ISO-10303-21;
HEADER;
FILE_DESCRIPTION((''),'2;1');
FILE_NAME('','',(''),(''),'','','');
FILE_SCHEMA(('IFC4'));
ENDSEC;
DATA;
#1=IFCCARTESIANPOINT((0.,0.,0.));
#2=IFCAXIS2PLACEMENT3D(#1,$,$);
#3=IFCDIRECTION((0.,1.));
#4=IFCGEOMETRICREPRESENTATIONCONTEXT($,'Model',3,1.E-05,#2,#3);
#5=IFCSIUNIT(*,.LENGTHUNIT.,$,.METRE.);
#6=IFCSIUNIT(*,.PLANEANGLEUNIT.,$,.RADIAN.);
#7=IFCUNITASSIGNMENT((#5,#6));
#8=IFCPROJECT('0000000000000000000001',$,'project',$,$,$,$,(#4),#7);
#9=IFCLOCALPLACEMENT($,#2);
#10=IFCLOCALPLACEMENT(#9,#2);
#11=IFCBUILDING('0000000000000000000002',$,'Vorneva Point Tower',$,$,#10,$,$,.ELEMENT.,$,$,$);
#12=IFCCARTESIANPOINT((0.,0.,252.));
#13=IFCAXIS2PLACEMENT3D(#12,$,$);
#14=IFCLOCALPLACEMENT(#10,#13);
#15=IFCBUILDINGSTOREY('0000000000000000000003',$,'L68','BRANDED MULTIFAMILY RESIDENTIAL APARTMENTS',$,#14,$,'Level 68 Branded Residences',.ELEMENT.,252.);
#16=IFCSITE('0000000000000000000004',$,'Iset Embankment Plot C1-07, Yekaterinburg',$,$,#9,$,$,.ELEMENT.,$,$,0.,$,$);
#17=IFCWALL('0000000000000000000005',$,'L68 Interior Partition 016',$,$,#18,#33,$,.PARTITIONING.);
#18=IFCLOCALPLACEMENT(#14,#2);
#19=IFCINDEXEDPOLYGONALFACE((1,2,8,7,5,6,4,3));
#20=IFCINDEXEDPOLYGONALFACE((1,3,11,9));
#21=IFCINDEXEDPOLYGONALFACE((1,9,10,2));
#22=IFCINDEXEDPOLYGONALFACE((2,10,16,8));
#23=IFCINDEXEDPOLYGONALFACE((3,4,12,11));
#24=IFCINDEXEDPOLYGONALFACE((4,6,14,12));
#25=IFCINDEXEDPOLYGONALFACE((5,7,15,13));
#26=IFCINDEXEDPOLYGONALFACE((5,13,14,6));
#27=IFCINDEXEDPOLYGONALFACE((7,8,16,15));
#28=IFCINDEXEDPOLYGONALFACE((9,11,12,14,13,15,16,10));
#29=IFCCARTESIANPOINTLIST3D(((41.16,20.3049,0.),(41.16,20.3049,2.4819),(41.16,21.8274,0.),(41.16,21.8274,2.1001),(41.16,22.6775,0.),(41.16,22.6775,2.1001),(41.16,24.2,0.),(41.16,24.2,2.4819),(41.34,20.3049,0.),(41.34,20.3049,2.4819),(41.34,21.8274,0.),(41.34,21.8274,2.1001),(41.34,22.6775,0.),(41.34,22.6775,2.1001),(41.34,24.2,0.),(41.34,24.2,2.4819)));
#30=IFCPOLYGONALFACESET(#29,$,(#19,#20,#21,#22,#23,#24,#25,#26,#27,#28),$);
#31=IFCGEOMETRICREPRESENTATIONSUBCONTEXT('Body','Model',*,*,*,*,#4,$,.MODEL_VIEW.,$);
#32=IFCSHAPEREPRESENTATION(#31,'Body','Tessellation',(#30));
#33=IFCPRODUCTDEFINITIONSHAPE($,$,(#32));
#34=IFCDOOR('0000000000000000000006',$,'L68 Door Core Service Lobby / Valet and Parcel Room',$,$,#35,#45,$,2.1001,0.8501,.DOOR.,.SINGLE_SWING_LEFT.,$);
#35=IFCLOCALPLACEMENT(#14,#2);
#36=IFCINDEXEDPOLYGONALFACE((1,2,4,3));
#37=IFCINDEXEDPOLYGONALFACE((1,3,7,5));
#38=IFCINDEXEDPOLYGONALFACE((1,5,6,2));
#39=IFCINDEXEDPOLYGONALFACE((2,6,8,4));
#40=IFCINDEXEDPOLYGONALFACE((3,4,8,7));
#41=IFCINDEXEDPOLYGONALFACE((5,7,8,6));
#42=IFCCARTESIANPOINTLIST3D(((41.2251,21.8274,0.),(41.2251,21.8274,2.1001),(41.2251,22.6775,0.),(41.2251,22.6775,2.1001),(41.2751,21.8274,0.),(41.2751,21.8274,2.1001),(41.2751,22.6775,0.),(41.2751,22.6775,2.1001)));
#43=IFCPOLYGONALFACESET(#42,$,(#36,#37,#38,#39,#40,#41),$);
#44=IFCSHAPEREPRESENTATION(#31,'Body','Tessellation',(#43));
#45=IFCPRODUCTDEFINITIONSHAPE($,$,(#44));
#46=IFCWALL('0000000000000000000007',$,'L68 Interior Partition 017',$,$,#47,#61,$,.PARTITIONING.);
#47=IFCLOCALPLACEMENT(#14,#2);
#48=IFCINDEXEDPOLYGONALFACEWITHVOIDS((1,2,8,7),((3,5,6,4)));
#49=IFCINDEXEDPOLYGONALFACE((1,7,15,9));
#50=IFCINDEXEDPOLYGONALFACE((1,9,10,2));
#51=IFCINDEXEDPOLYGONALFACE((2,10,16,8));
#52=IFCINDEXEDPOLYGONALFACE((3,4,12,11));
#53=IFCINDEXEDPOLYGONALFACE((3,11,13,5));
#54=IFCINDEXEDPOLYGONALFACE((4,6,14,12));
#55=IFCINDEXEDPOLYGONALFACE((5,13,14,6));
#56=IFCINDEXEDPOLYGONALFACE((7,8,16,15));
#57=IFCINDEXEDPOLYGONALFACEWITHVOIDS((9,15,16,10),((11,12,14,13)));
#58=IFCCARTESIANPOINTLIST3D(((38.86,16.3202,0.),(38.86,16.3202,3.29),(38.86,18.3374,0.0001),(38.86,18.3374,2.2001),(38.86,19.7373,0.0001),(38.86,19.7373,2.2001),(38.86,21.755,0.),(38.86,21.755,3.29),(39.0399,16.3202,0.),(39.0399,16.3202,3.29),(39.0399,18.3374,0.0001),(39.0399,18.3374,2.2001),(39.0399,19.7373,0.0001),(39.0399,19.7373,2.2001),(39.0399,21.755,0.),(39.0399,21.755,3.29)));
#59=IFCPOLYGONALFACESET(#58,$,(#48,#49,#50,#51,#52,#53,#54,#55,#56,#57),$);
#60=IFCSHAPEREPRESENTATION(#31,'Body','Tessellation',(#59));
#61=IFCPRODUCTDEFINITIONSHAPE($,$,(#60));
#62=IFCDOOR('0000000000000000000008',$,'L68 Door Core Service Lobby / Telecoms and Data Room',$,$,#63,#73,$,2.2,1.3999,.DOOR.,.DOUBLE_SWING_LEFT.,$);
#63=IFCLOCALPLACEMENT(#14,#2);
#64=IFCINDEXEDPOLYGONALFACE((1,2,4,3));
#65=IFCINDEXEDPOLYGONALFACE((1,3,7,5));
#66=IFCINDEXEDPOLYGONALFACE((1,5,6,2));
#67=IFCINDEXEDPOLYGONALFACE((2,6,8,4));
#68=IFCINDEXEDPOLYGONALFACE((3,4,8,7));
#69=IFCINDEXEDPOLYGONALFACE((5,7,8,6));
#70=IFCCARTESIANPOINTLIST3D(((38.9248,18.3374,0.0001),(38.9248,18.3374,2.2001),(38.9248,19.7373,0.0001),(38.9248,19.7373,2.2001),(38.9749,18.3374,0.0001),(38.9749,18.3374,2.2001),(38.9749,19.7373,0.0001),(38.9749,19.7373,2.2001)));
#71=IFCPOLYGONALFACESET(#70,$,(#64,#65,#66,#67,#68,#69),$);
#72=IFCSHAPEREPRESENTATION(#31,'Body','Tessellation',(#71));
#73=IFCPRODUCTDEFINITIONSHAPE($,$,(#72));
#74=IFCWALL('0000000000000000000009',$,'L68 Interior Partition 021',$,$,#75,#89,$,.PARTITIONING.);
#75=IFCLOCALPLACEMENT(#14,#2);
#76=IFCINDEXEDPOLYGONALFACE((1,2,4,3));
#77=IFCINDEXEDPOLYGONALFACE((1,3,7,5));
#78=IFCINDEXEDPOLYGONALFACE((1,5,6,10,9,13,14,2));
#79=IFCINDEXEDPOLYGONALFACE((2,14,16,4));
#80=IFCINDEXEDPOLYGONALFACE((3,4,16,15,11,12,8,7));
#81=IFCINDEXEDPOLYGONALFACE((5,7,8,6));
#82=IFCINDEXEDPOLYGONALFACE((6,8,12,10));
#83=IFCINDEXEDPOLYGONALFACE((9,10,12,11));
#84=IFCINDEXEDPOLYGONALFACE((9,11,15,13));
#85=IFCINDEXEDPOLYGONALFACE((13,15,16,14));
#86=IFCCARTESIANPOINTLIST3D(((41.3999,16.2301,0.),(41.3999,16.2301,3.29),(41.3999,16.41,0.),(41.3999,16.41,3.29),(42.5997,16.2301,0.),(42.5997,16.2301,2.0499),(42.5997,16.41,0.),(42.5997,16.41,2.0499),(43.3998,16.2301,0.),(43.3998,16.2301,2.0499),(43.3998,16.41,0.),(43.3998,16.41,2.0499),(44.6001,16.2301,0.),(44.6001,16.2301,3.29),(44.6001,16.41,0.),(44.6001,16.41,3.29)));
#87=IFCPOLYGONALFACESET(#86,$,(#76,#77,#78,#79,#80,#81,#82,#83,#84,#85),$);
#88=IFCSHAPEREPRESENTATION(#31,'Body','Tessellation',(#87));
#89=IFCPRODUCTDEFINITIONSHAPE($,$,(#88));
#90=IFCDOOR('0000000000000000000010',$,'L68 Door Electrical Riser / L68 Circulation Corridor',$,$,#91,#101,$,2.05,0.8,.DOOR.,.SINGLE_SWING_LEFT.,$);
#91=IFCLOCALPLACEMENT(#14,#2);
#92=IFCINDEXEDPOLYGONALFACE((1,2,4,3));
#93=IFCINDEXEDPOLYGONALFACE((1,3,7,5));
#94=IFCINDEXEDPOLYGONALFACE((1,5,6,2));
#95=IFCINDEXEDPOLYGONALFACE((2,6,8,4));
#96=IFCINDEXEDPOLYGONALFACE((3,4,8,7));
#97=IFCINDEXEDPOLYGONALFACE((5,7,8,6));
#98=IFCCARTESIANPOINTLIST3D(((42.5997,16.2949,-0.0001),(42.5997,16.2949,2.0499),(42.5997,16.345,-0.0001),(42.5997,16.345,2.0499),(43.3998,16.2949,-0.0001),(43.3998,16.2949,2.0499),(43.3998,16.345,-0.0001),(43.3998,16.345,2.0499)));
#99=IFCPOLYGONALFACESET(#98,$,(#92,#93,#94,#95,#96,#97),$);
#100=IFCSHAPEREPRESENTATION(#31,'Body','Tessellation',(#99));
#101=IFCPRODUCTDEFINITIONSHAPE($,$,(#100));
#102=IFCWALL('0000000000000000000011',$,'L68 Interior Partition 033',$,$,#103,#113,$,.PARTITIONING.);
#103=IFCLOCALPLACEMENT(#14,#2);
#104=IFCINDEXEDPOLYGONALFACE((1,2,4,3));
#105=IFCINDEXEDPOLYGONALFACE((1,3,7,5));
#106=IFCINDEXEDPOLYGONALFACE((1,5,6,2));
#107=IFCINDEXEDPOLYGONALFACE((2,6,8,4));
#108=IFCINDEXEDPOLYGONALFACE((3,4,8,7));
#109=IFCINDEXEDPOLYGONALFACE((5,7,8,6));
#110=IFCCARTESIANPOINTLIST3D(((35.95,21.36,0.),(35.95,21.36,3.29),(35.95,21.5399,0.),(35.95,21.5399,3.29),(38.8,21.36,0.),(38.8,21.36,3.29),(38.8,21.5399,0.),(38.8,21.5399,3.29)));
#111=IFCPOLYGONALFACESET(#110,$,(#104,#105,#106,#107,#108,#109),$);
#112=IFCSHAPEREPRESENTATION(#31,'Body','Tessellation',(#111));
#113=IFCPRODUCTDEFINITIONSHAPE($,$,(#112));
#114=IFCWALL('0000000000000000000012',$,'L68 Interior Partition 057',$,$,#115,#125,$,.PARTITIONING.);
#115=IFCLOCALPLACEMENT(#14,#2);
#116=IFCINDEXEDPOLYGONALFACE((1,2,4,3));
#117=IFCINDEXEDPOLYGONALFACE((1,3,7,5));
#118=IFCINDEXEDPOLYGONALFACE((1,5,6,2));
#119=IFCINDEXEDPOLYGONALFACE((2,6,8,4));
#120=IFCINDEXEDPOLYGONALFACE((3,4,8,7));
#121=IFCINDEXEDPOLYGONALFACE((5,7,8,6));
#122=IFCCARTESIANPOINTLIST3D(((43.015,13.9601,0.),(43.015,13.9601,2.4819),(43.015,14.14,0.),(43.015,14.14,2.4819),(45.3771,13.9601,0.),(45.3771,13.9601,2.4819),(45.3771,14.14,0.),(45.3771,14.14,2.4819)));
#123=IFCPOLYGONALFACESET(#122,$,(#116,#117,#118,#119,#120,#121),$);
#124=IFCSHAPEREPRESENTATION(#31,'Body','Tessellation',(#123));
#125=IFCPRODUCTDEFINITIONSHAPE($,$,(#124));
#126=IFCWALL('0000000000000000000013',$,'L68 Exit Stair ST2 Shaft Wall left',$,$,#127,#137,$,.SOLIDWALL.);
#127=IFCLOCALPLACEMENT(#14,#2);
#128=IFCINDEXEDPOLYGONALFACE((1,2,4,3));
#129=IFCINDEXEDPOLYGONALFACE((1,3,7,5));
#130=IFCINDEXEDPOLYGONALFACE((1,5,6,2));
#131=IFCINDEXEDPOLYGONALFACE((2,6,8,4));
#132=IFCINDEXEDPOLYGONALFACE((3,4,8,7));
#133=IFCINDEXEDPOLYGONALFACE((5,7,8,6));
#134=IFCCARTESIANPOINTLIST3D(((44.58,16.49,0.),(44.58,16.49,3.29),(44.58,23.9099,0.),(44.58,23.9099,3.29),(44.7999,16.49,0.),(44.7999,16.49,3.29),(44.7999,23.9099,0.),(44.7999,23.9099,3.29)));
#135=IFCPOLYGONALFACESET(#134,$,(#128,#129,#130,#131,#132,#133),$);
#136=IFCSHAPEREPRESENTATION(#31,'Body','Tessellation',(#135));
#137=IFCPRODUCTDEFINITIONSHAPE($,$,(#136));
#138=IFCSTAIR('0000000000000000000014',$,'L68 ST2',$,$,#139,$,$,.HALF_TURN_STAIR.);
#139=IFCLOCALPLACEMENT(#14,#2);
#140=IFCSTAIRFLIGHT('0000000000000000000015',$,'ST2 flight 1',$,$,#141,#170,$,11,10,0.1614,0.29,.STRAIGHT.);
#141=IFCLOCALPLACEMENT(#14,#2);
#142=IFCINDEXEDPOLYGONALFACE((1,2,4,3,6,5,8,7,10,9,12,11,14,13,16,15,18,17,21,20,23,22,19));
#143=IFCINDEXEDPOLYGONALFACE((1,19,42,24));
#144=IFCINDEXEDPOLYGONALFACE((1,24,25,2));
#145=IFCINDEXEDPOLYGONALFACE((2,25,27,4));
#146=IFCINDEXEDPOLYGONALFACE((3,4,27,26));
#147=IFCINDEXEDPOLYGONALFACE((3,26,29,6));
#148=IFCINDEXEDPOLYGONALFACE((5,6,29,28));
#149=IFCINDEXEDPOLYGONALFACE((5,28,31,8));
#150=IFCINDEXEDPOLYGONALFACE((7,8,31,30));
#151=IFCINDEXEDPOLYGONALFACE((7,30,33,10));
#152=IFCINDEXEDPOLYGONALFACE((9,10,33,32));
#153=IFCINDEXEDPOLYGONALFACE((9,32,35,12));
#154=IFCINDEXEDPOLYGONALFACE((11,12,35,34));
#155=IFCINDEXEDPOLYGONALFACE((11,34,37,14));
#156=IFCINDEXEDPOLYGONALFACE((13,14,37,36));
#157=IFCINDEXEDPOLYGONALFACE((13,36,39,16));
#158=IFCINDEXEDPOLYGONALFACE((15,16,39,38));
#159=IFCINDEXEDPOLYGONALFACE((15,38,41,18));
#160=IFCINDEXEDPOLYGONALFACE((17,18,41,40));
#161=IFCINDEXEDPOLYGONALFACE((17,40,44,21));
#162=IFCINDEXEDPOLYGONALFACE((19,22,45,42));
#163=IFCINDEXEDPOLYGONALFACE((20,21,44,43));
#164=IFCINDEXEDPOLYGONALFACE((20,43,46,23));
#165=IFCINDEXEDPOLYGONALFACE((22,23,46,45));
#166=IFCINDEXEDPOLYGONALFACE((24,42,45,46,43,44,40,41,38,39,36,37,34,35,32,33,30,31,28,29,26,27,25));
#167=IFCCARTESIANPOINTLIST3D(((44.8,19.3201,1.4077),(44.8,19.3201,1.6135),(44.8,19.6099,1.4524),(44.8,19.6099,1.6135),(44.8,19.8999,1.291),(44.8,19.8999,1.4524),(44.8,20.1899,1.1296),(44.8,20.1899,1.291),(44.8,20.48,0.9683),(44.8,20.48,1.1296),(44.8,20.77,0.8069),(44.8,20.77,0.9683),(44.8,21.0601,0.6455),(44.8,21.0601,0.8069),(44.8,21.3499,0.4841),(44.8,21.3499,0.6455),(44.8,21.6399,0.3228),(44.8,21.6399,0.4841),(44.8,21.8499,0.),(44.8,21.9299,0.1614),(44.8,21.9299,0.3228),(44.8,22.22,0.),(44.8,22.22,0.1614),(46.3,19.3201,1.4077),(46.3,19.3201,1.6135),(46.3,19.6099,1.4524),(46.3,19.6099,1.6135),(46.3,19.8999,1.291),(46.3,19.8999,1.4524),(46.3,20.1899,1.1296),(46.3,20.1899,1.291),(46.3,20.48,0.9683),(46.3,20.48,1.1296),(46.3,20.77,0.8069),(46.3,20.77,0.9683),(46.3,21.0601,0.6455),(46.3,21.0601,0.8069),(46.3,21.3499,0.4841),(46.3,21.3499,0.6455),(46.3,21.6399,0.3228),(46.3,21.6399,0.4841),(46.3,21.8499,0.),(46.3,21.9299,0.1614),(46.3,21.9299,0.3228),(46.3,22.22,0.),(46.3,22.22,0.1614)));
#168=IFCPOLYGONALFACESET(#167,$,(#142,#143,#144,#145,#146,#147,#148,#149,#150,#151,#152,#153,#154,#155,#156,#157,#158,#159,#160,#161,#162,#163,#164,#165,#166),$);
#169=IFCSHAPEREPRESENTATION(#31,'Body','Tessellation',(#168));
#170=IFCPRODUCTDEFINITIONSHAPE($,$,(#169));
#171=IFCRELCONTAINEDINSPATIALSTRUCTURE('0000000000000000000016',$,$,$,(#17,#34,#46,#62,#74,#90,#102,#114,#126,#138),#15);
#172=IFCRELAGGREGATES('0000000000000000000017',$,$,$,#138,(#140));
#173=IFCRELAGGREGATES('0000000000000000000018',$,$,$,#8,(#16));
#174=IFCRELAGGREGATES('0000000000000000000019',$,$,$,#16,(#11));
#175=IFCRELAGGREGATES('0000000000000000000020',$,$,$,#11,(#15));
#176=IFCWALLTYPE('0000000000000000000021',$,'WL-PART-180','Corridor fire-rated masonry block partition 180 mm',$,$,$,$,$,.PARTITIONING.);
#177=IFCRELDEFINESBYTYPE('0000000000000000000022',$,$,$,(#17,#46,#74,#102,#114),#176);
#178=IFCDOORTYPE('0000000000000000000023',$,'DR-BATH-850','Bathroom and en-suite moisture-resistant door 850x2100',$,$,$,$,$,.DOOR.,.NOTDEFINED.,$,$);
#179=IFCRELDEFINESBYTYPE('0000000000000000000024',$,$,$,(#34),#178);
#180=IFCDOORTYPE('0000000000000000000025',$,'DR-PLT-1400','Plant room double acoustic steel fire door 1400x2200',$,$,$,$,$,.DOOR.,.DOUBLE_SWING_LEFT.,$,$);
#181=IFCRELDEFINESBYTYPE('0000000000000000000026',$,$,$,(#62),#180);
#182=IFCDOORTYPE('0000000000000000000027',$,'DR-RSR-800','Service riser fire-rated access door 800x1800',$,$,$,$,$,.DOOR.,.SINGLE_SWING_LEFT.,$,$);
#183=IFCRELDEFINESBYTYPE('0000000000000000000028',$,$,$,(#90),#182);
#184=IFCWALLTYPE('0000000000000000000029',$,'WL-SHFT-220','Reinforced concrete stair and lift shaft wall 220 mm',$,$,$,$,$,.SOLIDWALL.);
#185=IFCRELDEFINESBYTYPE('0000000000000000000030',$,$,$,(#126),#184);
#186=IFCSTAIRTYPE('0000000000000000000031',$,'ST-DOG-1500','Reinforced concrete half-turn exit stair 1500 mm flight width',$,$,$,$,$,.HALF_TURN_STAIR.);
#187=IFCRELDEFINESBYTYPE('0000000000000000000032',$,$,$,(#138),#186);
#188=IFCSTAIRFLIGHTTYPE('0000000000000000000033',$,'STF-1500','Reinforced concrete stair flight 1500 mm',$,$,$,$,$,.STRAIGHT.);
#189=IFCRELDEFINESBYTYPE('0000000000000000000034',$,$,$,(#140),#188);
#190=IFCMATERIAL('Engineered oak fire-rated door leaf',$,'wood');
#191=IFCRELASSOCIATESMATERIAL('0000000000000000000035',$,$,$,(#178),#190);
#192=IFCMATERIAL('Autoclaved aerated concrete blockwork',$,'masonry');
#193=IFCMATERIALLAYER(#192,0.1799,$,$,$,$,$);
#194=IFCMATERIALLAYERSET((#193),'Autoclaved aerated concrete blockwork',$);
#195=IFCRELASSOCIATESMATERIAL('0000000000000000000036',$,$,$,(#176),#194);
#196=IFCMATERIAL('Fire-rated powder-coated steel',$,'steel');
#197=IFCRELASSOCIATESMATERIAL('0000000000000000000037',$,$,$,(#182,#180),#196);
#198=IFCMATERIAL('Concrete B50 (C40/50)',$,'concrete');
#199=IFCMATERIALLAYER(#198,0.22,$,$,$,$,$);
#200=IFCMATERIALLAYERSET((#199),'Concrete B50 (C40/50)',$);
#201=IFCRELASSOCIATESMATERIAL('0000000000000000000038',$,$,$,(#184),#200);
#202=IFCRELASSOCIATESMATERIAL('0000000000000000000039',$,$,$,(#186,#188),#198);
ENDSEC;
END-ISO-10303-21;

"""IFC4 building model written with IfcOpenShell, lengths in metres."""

from ifc_helpers import new_model, si_unit, direction, frame, frame_2d, origin, place, context, subcontext, project, spatial, polyline, rectangle, outline, extrude, material, layer, layer_set, type_object, element, fill, aggregate, save


model = new_model("IFC4")

# Units and contexts
model_context = context("Model", 3, precision=1e-05, world=origin(), true_north=direction((0.0, 1.0)))
body_context = subcontext(model_context, "Body", "Model", "MODEL_VIEW")
ifc_project = project(units=[si_unit("LENGTHUNIT", "METRE"), si_unit("PLANEANGLEUNIT", "RADIAN")], contexts=[model_context])

# Site, building, storey
site_placement = place(None, origin())
site = spatial("IfcSite", under=ifc_project, at=site_placement, Name="Iset Embankment Plot C1-07, Yekaterinburg", CompositionType="ELEMENT", RefElevation=0.0)
building_placement = place(site_placement, origin())
building = spatial("IfcBuilding", under=site, at=building_placement, Name="Vorneva Point Tower", CompositionType="ELEMENT")
storey_placement = place(building_placement, frame((0.0, 0.0, 252.0)))
storey = spatial("IfcBuildingStorey", under=building, at=storey_placement, Name="L68", Description="BRANDED MULTIFAMILY RESIDENTIAL APARTMENTS", LongName="Level 68 Branded Residences", CompositionType="ELEMENT", Elevation=252.0)

# Shared definitions
ifc_material_1 = material(Name="Concrete B50 (C40/50)", Category="concrete")

# Shared definitions
ifc_material_2 = material(Name="Engineered oak fire-rated door leaf", Category="wood")
door_type_1 = type_object("IfcDoorType", Name="DR-BATH-850", Description="Bathroom and en-suite moisture-resistant door 850x2100", OperationType="NOTDEFINED", PredefinedType="DOOR", material=ifc_material_2)

# Shared definitions
ifc_material_3 = material(Name="Autoclaved aerated concrete blockwork", Category="masonry")
ifc_layer_1 = layer(ifc_material_3, 0.1799)
ifc_layer_set_1 = layer_set([ifc_layer_1], Name="Autoclaved aerated concrete blockwork")
wall_type_1 = type_object("IfcWallType", Name="WL-PART-180", Description="Corridor fire-rated masonry block partition 180 mm", PredefinedType="PARTITIONING", material=ifc_layer_set_1)

# Walls, openings, doors
ifc_material_4 = material(Name="Fire-rated powder-coated steel", Category="steel")
door_type_2 = type_object("IfcDoorType", Name="DR-RSR-800", Description="Service riser fire-rated access door 800x1800", OperationType="SINGLE_SWING_LEFT", PredefinedType="DOOR", material=ifc_material_4)
wall_1_placement = place(storey_placement, frame((41.25, 20.3049, 0.0), z_axis=(0.0, 0.0, 1.0), x_axis=(0.0, 1.0, 0.0)))
wall_1 = element("IfcWall", 1, at=wall_1_placement, inside=storey, type_object=wall_type_1, Name="L68 Interior Partition 016", PredefinedType="PARTITIONING", context=body_context, shape_type="SweptSolid", body=[
    extrude(rectangle(XDim=3.895, YDim=0.1799, at=frame_2d((1.9475, 0.0))), origin(), (0.0, 0.0, 1.0), 2.4819),
])
opening_1_placement = place(wall_1_placement, frame((1.5225, 0.0, 0.0)))
opening_1 = element("IfcOpeningElement", 2, at=opening_1_placement, cuts=wall_1, PredefinedType="OPENING", context=body_context, shape_type="SweptSolid", body=[
    extrude(rectangle(XDim=0.8501, YDim=2.1001, at=frame_2d((0.425, 1.05))), frame((0.0, 0.105, 0.0), z_axis=(0.0, -1.0, 0.0), x_axis=(1.0, 0.0, 0.0)), (0.0, 0.0, 1.0), 0.2097),
])
door_1_placement = place(opening_1_placement, origin())
door_1 = element("IfcDoor", 3, at=door_1_placement, inside=storey, type_object=door_type_1, Name="L68 Door Core Service Lobby / Valet and Parcel Room", OperationType="SINGLE_SWING_LEFT", OverallHeight=2.1001, OverallWidth=0.8501, PredefinedType="DOOR", context=body_context, shape_type="SweptSolid", body=[
    extrude(rectangle(XDim=0.8501, YDim=2.1001, at=frame_2d((0.425, 1.05))), frame((0.0, 0.0249, 0.0), z_axis=(0.0, -1.0, 0.0), x_axis=(1.0, 0.0, 0.0)), (0.0, 0.0, 1.0), 0.05),
])
fill(opening_1, door_1)
wall_2_placement = place(storey_placement, frame((38.95, 21.7549, 0.0), z_axis=(0.0, 0.0, 1.0), x_axis=(0.0, -1.0, 0.0)))
wall_2 = element("IfcWall", 4, at=wall_2_placement, inside=storey, type_object=wall_type_1, Name="L68 Interior Partition 017", PredefinedType="PARTITIONING", context=body_context, shape_type="SweptSolid", body=[
    extrude(rectangle(XDim=5.4348, YDim=0.1799, at=frame_2d((2.7173, 0.0))), origin(), (0.0, 0.0, 1.0), 3.29),
])
opening_2_placement = place(wall_2_placement, frame((2.0176, 0.0, 0.0)))
opening_2 = element("IfcOpeningElement", 5, at=opening_2_placement, cuts=wall_2, PredefinedType="OPENING", context=body_context, shape_type="SweptSolid", body=[
    extrude(rectangle(XDim=1.3999, YDim=2.2, at=frame_2d((0.7, 1.1001))), frame((0.0, 0.105, 0.0), z_axis=(0.0, -1.0, 0.0), x_axis=(1.0, 0.0, 0.0)), (0.0, 0.0, 1.0), 0.2097),
])
door_type_3 = type_object("IfcDoorType", Name="DR-PLT-1400", Description="Plant room double acoustic steel fire door 1400x2200", OperationType="DOUBLE_SWING_LEFT", PredefinedType="DOOR", material=ifc_material_4)
door_2_placement = place(opening_2_placement, origin())
door_2 = element("IfcDoor", 6, at=door_2_placement, inside=storey, type_object=door_type_3, Name="L68 Door Core Service Lobby / Telecoms and Data Room", OperationType="DOUBLE_SWING_LEFT", OverallHeight=2.2, OverallWidth=1.3999, PredefinedType="DOOR", context=body_context, shape_type="SweptSolid", body=[
    extrude(rectangle(XDim=1.3999, YDim=2.2, at=frame_2d((0.7, 1.1001))), frame((0.0, 0.0249, 0.0), z_axis=(0.0, -1.0, 0.0), x_axis=(1.0, 0.0, 0.0)), (0.0, 0.0, 1.0), 0.05),
])
fill(opening_2, door_2)
wall_3_placement = place(storey_placement, frame((41.3999, 16.3201, 0.0), z_axis=(0.0, 0.0, 1.0), x_axis=(1.0, 0.0, 0.0)))
wall_3 = element("IfcWall", 7, at=wall_3_placement, inside=storey, type_object=wall_type_1, Name="L68 Interior Partition 021", PredefinedType="PARTITIONING", context=body_context, shape_type="SweptSolid", body=[
    extrude(rectangle(XDim=3.2002, YDim=0.1799, at=frame_2d((1.6001, 0.0))), origin(), (0.0, 0.0, 1.0), 3.29),
])
opening_3_placement = place(wall_3_placement, frame((1.2, 0.0, 0.0)))
opening_3 = element("IfcOpeningElement", 8, at=opening_3_placement, cuts=wall_3, PredefinedType="OPENING", context=body_context, shape_type="SweptSolid", body=[
    extrude(rectangle(XDim=0.8, YDim=2.05, at=frame_2d((0.3999, 1.0249))), frame((0.0, 0.105, 0.0), z_axis=(0.0, -1.0, 0.0), x_axis=(1.0, 0.0, 0.0)), (0.0, 0.0, 1.0), 0.2097),
])
door_3_placement = place(opening_3_placement, origin())
door_3 = element("IfcDoor", 9, at=door_3_placement, inside=storey, type_object=door_type_2, Name="L68 Door Electrical Riser / L68 Circulation Corridor", OperationType="SINGLE_SWING_LEFT", OverallHeight=2.05, OverallWidth=0.8, PredefinedType="DOOR", context=body_context, shape_type="SweptSolid", body=[
    extrude(rectangle(XDim=0.8, YDim=2.05, at=frame_2d((0.3999, 1.0249))), frame((0.0, 0.0249, 0.0), z_axis=(0.0, -1.0, 0.0), x_axis=(1.0, 0.0, 0.0)), (0.0, 0.0, 1.0), 0.05),
])
fill(opening_3, door_3)

# Wall
wall_4_placement = place(storey_placement, frame((38.8, 21.45, 0.0), z_axis=(0.0, 0.0, 1.0), x_axis=(-1.0, 0.0, 0.0)))
element("IfcWall", 10, at=wall_4_placement, inside=storey, type_object=wall_type_1, Name="L68 Interior Partition 033", PredefinedType="PARTITIONING", context=body_context, shape_type="SweptSolid", body=[
    extrude(rectangle(XDim=2.8501, YDim=0.1799, at=frame_2d((1.425, 0.0))), origin(), (0.0, 0.0, 1.0), 3.29),
])

# Wall
wall_5_placement = place(storey_placement, frame((43.0149, 14.05, 0.0), z_axis=(0.0, 0.0, 1.0), x_axis=(1.0, 0.0, 0.0)))
element("IfcWall", 11, at=wall_5_placement, inside=storey, type_object=wall_type_1, Name="L68 Interior Partition 057", PredefinedType="PARTITIONING", context=body_context, shape_type="SweptSolid", body=[
    extrude(rectangle(XDim=2.3621, YDim=0.1799, at=frame_2d((1.1812, 0.0))), origin(), (0.0, 0.0, 1.0), 2.4819),
])

# Shared definitions
ifc_layer_2 = layer(ifc_material_1, 0.22)
ifc_layer_set_2 = layer_set([ifc_layer_2], Name="Concrete B50 (C40/50)")
wall_type_2 = type_object("IfcWallType", Name="WL-SHFT-220", Description="Reinforced concrete stair and lift shaft wall 220 mm", PredefinedType="SOLIDWALL", material=ifc_layer_set_2)

# Wall
wall_6_placement = place(storey_placement, frame((44.6899, 16.49, 0.0), z_axis=(0.0, 0.0, 1.0), x_axis=(0.0, 1.0, 0.0)))
element("IfcWall", 12, at=wall_6_placement, inside=storey, type_object=wall_type_2, Name="L68 Exit Stair ST2 Shaft Wall left", PredefinedType="SOLIDWALL", context=body_context, shape_type="SweptSolid", body=[
    extrude(rectangle(XDim=7.4199, YDim=0.22, at=frame_2d((3.71, 0.0))), origin(), (0.0, 0.0, 1.0), 3.29),
])

# Stair, stair flight
stair_type = type_object("IfcStairType", Name="ST-DOG-1500", Description="Reinforced concrete half-turn exit stair 1500 mm flight width", PredefinedType="HALF_TURN_STAIR", material=ifc_material_1)
stair_placement = place(storey_placement, origin())
stair = element("IfcStair", 13, at=stair_placement, inside=storey, type_object=stair_type, Name="L68 ST2", PredefinedType="HALF_TURN_STAIR")
stair_flight_type = type_object("IfcStairFlightType", Name="STF-1500", Description="Reinforced concrete stair flight 1500 mm", PredefinedType="STRAIGHT", material=ifc_material_1)
stair_flight_placement = place(storey_placement, frame((45.55, 22.22, 0.0), z_axis=(0.0, 0.0, 1.0), x_axis=(0.0, -1.0, 0.0)))
stair_flight = element("IfcStairFlight", 14, at=stair_flight_placement, type_object=stair_flight_type, Name="ST2 flight 1", NumberOfRisers=11, NumberOfTreads=10, PredefinedType="STRAIGHT", RiserHeight=0.1614, TreadLength=0.29, context=body_context, shape_type="SweptSolid", body=[
    extrude(outline(polyline([(0.0, 0.0), (0.0, 0.1614), (0.29, 0.1614), (0.29, 0.3228), (0.5801, 0.3228), (0.5801, 0.4841), (0.8701, 0.4841), (0.8701, 0.6455), (1.1599, 0.6455), (1.1599, 0.8069), (1.45, 0.8069), (1.45, 0.9683), (1.74, 0.9683), (1.74, 1.1296), (2.03, 1.1296), (2.03, 1.291), (2.3201, 1.291), (2.3201, 1.4524), (2.6101, 1.4524), (2.6101, 1.6135), (2.8999, 1.6135), (2.8999, 1.7749), (2.8999, 1.4077), (0.3701, 0.0), (0.0, 0.0)])), frame((0.0, 0.75, 0.0), z_axis=(0.0, -1.0, 0.0), x_axis=(1.0, 0.0, 0.0)), (0.0, 0.0, 1.0), 1.5),
])
aggregate(stair, [stair_flight])

save(model, "model.ifc")
